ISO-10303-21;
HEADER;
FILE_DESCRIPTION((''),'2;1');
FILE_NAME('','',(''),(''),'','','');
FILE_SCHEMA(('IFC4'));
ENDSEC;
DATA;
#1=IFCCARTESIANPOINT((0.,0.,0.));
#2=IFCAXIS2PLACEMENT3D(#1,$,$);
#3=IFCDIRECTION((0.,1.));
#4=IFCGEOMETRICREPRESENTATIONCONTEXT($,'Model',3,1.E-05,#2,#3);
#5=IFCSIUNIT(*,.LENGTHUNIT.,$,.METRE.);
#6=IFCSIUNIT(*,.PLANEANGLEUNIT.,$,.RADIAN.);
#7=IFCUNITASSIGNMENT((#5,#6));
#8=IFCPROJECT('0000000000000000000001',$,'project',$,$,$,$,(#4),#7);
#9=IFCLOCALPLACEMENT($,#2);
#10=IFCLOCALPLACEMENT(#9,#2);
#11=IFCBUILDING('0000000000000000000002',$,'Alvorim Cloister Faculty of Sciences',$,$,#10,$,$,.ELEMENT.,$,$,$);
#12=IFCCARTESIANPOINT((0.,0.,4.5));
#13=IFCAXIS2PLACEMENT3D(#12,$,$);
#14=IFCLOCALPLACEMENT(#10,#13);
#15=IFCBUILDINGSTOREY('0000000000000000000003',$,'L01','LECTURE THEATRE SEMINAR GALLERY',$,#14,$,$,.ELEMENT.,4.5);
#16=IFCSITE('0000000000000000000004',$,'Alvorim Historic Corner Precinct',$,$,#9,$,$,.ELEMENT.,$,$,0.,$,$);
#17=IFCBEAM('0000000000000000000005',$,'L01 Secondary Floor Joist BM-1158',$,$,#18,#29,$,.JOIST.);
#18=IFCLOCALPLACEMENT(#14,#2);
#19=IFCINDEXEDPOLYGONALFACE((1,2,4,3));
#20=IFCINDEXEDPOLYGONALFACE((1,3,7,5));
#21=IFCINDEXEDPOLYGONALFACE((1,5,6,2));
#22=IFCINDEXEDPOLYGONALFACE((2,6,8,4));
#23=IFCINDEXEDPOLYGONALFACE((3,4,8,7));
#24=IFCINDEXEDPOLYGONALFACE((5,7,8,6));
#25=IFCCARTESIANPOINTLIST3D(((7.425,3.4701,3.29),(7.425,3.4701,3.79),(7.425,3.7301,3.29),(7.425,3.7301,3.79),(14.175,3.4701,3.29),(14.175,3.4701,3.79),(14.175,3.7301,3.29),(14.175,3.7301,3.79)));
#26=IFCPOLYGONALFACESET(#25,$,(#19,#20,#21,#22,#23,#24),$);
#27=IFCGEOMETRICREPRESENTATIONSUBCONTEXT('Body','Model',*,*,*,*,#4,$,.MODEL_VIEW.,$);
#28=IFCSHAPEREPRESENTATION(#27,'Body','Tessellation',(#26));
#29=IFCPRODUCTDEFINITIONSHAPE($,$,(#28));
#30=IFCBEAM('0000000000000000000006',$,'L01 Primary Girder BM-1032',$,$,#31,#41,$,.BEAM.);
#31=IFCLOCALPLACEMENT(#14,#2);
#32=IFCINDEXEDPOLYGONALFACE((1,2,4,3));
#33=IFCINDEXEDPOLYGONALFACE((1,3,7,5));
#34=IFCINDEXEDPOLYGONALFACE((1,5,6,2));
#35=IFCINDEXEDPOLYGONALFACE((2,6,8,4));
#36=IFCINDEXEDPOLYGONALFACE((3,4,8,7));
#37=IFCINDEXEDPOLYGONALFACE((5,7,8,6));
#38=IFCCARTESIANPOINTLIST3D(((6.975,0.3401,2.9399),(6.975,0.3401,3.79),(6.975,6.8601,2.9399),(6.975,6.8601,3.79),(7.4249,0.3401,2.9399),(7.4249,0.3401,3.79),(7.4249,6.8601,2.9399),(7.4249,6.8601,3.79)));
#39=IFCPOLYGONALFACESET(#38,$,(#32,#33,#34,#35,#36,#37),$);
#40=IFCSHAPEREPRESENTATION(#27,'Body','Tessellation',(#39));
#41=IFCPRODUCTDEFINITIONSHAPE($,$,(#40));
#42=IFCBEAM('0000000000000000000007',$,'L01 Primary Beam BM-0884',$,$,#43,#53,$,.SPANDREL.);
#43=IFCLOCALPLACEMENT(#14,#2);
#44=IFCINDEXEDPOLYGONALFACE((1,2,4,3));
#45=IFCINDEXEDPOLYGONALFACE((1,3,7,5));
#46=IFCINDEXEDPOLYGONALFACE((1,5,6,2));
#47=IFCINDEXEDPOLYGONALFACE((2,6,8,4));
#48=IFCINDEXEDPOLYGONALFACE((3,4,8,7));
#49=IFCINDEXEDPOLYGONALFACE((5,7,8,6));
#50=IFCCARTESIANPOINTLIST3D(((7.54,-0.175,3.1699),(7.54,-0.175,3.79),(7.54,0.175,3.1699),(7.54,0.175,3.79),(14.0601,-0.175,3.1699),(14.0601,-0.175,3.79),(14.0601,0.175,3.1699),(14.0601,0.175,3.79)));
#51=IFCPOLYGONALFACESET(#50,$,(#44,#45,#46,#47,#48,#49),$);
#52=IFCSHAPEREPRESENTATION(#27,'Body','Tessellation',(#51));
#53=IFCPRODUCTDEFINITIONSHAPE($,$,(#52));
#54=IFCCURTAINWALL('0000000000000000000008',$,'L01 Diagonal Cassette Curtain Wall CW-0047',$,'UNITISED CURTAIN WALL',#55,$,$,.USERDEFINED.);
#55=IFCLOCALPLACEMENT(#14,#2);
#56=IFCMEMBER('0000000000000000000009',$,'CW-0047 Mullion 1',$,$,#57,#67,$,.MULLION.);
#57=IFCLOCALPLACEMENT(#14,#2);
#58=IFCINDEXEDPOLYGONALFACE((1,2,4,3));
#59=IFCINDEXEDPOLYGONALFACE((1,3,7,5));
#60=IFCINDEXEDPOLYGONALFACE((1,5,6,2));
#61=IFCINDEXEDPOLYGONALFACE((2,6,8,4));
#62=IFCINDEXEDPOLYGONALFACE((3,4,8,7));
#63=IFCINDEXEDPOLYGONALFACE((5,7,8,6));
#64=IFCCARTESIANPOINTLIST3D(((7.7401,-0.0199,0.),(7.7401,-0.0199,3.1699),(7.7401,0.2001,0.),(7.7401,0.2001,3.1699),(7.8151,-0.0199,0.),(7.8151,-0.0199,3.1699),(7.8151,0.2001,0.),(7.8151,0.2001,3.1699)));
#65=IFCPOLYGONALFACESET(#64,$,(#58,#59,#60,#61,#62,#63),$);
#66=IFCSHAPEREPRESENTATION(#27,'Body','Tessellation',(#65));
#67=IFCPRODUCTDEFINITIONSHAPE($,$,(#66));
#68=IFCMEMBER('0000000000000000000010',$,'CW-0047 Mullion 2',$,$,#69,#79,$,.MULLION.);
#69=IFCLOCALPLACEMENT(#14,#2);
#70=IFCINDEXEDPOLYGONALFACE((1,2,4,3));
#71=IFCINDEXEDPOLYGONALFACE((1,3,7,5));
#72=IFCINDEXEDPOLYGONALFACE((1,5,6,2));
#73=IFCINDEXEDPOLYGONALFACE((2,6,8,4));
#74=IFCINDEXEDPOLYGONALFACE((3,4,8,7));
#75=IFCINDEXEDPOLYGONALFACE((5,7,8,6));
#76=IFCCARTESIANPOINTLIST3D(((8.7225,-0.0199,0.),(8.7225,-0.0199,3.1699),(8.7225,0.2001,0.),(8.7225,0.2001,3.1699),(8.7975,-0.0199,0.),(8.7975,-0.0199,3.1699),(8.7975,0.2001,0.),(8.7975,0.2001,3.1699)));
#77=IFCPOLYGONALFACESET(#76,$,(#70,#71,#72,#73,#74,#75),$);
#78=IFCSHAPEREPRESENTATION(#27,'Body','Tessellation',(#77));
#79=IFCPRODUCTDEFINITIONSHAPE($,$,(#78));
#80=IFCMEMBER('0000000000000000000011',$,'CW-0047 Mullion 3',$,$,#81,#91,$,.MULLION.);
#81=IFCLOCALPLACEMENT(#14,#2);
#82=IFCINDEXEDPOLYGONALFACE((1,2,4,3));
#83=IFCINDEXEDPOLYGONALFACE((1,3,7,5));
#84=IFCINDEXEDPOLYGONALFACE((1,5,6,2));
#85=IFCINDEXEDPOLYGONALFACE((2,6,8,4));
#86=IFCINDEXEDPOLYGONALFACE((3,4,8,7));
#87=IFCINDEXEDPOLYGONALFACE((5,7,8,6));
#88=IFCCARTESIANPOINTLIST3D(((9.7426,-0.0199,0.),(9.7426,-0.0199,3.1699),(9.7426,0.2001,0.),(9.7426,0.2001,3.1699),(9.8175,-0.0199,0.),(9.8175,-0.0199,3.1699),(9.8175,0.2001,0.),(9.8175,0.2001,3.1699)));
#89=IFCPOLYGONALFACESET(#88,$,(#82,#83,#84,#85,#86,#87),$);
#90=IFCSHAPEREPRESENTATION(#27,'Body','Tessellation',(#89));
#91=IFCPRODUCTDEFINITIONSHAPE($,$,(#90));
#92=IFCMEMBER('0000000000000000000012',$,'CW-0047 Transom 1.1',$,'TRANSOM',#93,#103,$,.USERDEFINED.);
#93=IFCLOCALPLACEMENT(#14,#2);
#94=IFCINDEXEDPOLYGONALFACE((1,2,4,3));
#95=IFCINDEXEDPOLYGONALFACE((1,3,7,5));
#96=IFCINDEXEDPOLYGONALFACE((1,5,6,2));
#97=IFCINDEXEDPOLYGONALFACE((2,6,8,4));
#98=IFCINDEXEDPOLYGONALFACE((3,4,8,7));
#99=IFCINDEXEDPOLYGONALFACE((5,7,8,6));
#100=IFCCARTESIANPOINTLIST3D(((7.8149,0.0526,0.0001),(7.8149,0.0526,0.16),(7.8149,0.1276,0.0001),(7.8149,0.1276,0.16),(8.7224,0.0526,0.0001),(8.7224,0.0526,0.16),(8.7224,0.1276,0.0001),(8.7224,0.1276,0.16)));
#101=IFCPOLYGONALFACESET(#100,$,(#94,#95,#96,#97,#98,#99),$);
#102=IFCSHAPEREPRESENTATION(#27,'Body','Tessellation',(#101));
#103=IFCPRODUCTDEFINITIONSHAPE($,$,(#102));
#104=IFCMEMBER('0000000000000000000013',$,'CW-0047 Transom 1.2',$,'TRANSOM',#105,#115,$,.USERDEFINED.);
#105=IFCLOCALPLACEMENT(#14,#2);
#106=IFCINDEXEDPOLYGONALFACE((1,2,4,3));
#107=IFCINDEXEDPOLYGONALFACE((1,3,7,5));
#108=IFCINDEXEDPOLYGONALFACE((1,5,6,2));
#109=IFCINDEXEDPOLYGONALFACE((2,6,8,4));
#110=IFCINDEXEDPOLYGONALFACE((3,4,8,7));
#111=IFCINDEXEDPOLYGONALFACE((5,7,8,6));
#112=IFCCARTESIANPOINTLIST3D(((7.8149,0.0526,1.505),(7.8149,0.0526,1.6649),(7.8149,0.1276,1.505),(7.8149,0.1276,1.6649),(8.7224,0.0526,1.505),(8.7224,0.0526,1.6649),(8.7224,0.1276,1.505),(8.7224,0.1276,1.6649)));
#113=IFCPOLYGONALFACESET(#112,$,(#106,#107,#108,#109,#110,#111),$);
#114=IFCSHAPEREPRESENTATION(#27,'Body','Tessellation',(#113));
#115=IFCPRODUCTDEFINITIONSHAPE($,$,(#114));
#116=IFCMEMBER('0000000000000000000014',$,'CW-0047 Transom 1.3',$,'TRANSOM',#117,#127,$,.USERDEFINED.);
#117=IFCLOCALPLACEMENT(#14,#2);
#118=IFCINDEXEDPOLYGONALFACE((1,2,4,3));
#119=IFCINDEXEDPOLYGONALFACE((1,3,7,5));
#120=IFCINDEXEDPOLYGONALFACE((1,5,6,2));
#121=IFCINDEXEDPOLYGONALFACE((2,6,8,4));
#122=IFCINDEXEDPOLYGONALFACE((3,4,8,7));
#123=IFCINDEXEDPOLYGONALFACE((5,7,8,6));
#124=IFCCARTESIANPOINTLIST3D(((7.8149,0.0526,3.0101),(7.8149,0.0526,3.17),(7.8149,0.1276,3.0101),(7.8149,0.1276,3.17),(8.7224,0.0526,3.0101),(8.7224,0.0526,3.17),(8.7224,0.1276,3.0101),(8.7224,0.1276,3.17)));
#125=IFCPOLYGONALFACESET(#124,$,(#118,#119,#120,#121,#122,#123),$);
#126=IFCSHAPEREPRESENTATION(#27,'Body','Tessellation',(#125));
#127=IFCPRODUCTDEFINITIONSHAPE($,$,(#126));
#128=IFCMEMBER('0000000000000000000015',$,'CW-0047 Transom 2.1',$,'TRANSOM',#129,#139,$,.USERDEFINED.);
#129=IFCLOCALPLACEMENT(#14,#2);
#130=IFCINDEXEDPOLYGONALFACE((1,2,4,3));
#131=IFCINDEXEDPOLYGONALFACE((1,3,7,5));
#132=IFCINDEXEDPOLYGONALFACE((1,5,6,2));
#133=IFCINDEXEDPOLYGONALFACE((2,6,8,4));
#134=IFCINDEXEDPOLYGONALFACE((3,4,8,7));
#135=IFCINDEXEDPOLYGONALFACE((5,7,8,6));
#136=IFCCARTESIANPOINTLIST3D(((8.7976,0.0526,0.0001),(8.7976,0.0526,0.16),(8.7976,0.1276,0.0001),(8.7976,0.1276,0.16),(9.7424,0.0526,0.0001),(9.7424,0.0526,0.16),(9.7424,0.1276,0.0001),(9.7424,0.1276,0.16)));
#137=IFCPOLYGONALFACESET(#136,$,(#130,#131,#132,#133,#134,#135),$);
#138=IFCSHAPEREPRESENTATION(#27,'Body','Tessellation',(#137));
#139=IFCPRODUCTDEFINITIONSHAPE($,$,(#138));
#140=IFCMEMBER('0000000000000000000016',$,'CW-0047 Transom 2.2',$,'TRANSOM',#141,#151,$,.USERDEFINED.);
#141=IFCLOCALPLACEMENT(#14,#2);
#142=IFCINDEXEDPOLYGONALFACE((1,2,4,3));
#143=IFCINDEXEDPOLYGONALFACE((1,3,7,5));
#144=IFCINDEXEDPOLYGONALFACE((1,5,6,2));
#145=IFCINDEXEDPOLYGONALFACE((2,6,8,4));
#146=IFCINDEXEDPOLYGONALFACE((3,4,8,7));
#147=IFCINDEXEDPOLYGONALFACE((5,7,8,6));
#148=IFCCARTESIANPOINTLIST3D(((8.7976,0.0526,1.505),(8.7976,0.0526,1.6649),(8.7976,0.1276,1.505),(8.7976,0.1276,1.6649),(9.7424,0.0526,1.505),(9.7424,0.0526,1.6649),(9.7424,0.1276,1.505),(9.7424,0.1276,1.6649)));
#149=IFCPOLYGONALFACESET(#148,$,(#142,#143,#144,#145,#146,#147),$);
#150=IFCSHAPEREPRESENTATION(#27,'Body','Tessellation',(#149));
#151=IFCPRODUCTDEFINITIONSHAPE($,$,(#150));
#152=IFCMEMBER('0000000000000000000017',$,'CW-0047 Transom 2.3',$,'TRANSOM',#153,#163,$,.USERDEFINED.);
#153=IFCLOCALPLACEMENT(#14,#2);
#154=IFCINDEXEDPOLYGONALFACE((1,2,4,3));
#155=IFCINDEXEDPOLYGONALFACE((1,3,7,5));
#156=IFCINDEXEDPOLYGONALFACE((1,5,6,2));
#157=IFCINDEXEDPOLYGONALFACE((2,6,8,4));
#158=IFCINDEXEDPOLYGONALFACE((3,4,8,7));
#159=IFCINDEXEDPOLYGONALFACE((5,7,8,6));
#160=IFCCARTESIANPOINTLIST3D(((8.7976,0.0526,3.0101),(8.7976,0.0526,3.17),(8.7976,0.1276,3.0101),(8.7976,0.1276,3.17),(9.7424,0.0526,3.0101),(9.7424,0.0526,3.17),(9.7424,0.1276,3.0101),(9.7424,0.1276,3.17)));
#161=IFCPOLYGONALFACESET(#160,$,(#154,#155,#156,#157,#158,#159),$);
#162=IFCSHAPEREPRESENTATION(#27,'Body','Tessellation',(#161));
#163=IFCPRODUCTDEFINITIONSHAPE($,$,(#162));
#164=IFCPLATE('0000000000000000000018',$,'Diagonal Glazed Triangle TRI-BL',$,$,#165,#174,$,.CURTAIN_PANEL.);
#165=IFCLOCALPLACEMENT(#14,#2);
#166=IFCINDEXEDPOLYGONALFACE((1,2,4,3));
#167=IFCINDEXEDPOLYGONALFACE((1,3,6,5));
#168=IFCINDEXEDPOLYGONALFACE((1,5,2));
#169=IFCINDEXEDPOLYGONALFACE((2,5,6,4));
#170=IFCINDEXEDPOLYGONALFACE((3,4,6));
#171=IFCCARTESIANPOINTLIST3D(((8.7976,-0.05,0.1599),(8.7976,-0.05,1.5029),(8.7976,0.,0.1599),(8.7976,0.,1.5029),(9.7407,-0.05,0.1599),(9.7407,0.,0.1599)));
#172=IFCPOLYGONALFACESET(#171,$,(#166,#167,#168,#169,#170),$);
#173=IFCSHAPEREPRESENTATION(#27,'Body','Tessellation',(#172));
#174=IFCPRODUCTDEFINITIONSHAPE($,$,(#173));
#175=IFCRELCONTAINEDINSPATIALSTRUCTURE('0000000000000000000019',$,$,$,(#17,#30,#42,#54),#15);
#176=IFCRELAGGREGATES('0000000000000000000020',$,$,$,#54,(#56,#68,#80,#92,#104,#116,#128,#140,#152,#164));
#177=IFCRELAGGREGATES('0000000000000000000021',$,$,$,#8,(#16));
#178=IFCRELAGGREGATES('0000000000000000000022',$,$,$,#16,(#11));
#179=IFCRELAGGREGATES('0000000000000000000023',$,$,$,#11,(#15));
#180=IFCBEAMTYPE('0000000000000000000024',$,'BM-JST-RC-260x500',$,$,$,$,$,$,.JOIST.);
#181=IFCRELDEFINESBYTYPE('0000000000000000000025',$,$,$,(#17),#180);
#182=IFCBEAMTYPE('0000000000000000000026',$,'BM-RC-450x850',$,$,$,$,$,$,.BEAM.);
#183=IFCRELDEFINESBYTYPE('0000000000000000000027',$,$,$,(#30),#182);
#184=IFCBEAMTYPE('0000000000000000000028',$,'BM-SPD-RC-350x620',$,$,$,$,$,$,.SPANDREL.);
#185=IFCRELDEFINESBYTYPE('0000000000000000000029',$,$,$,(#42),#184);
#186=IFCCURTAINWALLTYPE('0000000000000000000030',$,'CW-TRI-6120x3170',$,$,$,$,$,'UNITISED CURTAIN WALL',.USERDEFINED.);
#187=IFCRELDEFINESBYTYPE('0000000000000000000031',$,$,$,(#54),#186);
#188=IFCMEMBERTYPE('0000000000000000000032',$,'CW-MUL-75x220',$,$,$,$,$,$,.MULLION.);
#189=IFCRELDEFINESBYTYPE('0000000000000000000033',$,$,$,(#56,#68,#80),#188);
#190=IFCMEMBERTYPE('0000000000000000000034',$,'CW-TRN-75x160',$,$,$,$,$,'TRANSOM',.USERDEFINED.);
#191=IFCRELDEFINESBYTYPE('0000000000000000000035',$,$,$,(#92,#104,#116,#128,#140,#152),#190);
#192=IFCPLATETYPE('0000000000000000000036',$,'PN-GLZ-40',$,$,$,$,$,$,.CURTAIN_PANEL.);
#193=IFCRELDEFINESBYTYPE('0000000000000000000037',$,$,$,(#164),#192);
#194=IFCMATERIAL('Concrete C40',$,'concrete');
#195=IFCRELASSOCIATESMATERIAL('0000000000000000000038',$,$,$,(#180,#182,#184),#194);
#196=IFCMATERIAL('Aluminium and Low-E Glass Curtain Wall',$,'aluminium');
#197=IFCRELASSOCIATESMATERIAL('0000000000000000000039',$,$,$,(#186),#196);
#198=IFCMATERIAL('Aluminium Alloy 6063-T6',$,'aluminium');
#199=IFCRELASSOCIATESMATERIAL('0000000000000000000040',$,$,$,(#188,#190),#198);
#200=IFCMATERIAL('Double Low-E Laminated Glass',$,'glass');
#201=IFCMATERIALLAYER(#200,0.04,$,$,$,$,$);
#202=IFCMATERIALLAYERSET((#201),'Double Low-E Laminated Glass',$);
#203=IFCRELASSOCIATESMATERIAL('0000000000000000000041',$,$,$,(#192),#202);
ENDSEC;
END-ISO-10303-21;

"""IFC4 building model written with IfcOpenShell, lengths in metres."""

from ifc_helpers import new_model, si_unit, direction, frame, origin, origin_2d, place, context, subcontext, project, spatial, polyline, rectangle, outline, extrude, material, layer, layer_set, material_profile, profile_set, type_object, element, aggregate, save


model = new_model("IFC4")

# Units and contexts
model_context = context("Model", 3, precision=1e-05, world=origin(), true_north=direction((0.0, 1.0)))
body_context = subcontext(model_context, "Body", "Model", "MODEL_VIEW")
ifc_project = project(units=[si_unit("LENGTHUNIT", "METRE"), si_unit("PLANEANGLEUNIT", "RADIAN")], contexts=[model_context])

# Site, building, storey
site_placement = place(None, origin())
site = spatial("IfcSite", under=ifc_project, at=site_placement, Name="Alvorim Historic Corner Precinct", CompositionType="ELEMENT", RefElevation=0.0)
building_placement = place(site_placement, origin())
building = spatial("IfcBuilding", under=site, at=building_placement, Name="Alvorim Cloister Faculty of Sciences", CompositionType="ELEMENT")
storey_placement = place(building_placement, frame((0.0, 0.0, 4.5)))
storey = spatial("IfcBuildingStorey", under=building, at=storey_placement, Name="L01", Description="LECTURE THEATRE SEMINAR GALLERY", CompositionType="ELEMENT", Elevation=4.5)

# Beams
ifc_material_1 = material(Name="Concrete C40", Category="concrete")
ifc_material_profile_1 = material_profile(ifc_material_1, rectangle(XDim=0.26, YDim=0.5, at=origin_2d()), Name="RC40-JST-260x500")
ifc_profile_set_1 = profile_set([ifc_material_profile_1], Name="Concrete C40")
beam_type_1 = type_object("IfcBeamType", Name="BM-JST-RC-260x500", PredefinedType="JOIST", material=ifc_profile_set_1)
beam_1_placement = place(storey_placement, frame((7.425, 3.6001, 3.54), z_axis=(1.0, 0.0, 0.0), x_axis=(0.0, 1.0, 0.0)))
element("IfcBeam", 1, at=beam_1_placement, inside=storey, type_object=beam_type_1, Name="L01 Secondary Floor Joist BM-1158", PredefinedType="JOIST", context=body_context, shape_type="SweptSolid", body=[
    extrude(rectangle(XDim=0.26, YDim=0.5, at=origin_2d()), origin(), (0.0, 0.0, 1.0), 6.75),
])
ifc_material_profile_2 = material_profile(ifc_material_1, rectangle(XDim=0.45, YDim=0.8501, at=origin_2d()), Name="RC40-BM-450x850")
ifc_profile_set_2 = profile_set([ifc_material_profile_2], Name="Concrete C40")
beam_type_2 = type_object("IfcBeamType", Name="BM-RC-450x850", PredefinedType="BEAM", material=ifc_profile_set_2)
beam_2_placement = place(storey_placement, frame((7.2, 0.3401, 3.365), z_axis=(0.0, 1.0, 0.0), x_axis=(-1.0, 0.0, 0.0)))
element("IfcBeam", 2, at=beam_2_placement, inside=storey, type_object=beam_type_2, Name="L01 Primary Girder BM-1032", PredefinedType="BEAM", context=body_context, shape_type="SweptSolid", body=[
    extrude(rectangle(XDim=0.45, YDim=0.8501, at=origin_2d()), origin(), (0.0, 0.0, 1.0), 6.52),
])
ifc_material_profile_3 = material_profile(ifc_material_1, rectangle(XDim=0.3501, YDim=0.6201, at=origin_2d()), Name="RC40-SPD-350x620")
ifc_profile_set_3 = profile_set([ifc_material_profile_3], Name="Concrete C40")
beam_type_3 = type_object("IfcBeamType", Name="BM-SPD-RC-350x620", PredefinedType="SPANDREL", material=ifc_profile_set_3)
beam_3_placement = place(storey_placement, frame((7.54, 0.0, 3.48), z_axis=(1.0, 0.0, 0.0), x_axis=(0.0, 1.0, 0.0)))
element("IfcBeam", 3, at=beam_3_placement, inside=storey, type_object=beam_type_3, Name="L01 Primary Beam BM-0884", PredefinedType="SPANDREL", context=body_context, shape_type="SweptSolid", body=[
    extrude(rectangle(XDim=0.3501, YDim=0.6201, at=origin_2d()), origin(), (0.0, 0.0, 1.0), 6.52),
])

# Curtain wall, members, plate
ifc_material_2 = material(Name="Aluminium and Low-E Glass Curtain Wall", Category="aluminium")
curtain_wall_type = type_object("IfcCurtainWallType", Name="CW-TRI-6120x3170", ElementType="UNITISED CURTAIN WALL", PredefinedType="USERDEFINED", material=ifc_material_2)
curtain_wall_placement = place(storey_placement, origin())
curtain_wall = element("IfcCurtainWall", 4, at=curtain_wall_placement, inside=storey, type_object=curtain_wall_type, Name="L01 Diagonal Cassette Curtain Wall CW-0047", ObjectType="UNITISED CURTAIN WALL", PredefinedType="USERDEFINED")
ifc_material_3 = material(Name="Aluminium Alloy 6063-T6", Category="aluminium")
ifc_material_profile_4 = material_profile(ifc_material_3, rectangle(XDim=0.075, YDim=0.22, at=origin_2d()), Name="ALU-MUL-75x220")
ifc_profile_set_4 = profile_set([ifc_material_profile_4], Name="Aluminium Alloy 6063-T6")
member_type_1 = type_object("IfcMemberType", Name="CW-MUL-75x220", PredefinedType="MULLION", material=ifc_profile_set_4)
member_1_placement = place(storey_placement, frame((7.7776, 0.0901, 0.0), z_axis=(0.0, 0.0, 1.0), x_axis=(1.0, 0.0, 0.0)))
member_1 = element("IfcMember", 5, at=member_1_placement, type_object=member_type_1, Name="CW-0047 Mullion 1", PredefinedType="MULLION", context=body_context, shape_type="SweptSolid", body=[
    extrude(rectangle(XDim=0.075, YDim=0.22, at=origin_2d()), origin(), (0.0, 0.0, 1.0), 3.1699),
])
member_2_placement = place(storey_placement, frame((8.76, 0.0901, 0.0), z_axis=(0.0, 0.0, 1.0), x_axis=(1.0, 0.0, 0.0)))
member_2 = element("IfcMember", 6, at=member_2_placement, type_object=member_type_1, Name="CW-0047 Mullion 2", PredefinedType="MULLION", context=body_context, shape_type="SweptSolid", body=[
    extrude(rectangle(XDim=0.075, YDim=0.22, at=origin_2d()), origin(), (0.0, 0.0, 1.0), 3.1699),
])
member_3_placement = place(storey_placement, frame((9.78, 0.0901, 0.0), z_axis=(0.0, 0.0, 1.0), x_axis=(1.0, 0.0, 0.0)))
member_3 = element("IfcMember", 7, at=member_3_placement, type_object=member_type_1, Name="CW-0047 Mullion 3", PredefinedType="MULLION", context=body_context, shape_type="SweptSolid", body=[
    extrude(rectangle(XDim=0.075, YDim=0.22, at=origin_2d()), origin(), (0.0, 0.0, 1.0), 3.1699),
])
ifc_material_profile_5 = material_profile(ifc_material_3, rectangle(XDim=0.075, YDim=0.1599, at=origin_2d()), Name="ALU-TRN-75x160")
ifc_profile_set_5 = profile_set([ifc_material_profile_5], Name="Aluminium Alloy 6063-T6")
member_type_2 = type_object("IfcMemberType", Name="CW-TRN-75x160", ElementType="TRANSOM", PredefinedType="USERDEFINED", material=ifc_profile_set_5)
member_4_placement = place(storey_placement, frame((7.8149, 0.0901, 0.0801), z_axis=(1.0, 0.0, 0.0), x_axis=(0.0, 1.0, 0.0)))
member_4 = element("IfcMember", 8, at=member_4_placement, type_object=member_type_2, Name="CW-0047 Transom 1.1", ObjectType="TRANSOM", PredefinedType="USERDEFINED", context=body_context, shape_type="SweptSolid", body=[
    extrude(rectangle(XDim=0.075, YDim=0.1599, at=origin_2d()), origin(), (0.0, 0.0, 1.0), 0.9075),
])
member_5_placement = place(storey_placement, frame((7.8149, 0.0901, 1.585), z_axis=(1.0, 0.0, 0.0), x_axis=(0.0, 1.0, 0.0)))
member_5 = element("IfcMember", 9, at=member_5_placement, type_object=member_type_2, Name="CW-0047 Transom 1.2", ObjectType="TRANSOM", PredefinedType="USERDEFINED", context=body_context, shape_type="SweptSolid", body=[
    extrude(rectangle(XDim=0.075, YDim=0.1599, at=origin_2d()), origin(), (0.0, 0.0, 1.0), 0.9075),
])
member_6_placement = place(storey_placement, frame((7.8149, 0.0901, 3.0901), z_axis=(1.0, 0.0, 0.0), x_axis=(0.0, 1.0, 0.0)))
member_6 = element("IfcMember", 10, at=member_6_placement, type_object=member_type_2, Name="CW-0047 Transom 1.3", ObjectType="TRANSOM", PredefinedType="USERDEFINED", context=body_context, shape_type="SweptSolid", body=[
    extrude(rectangle(XDim=0.075, YDim=0.1599, at=origin_2d()), origin(), (0.0, 0.0, 1.0), 0.9075),
])
member_7_placement = place(storey_placement, frame((8.7976, 0.0901, 0.0801), z_axis=(1.0, 0.0, 0.0), x_axis=(0.0, 1.0, 0.0)))
member_7 = element("IfcMember", 11, at=member_7_placement, type_object=member_type_2, Name="CW-0047 Transom 2.1", ObjectType="TRANSOM", PredefinedType="USERDEFINED", context=body_context, shape_type="SweptSolid", body=[
    extrude(rectangle(XDim=0.075, YDim=0.1599, at=origin_2d()), origin(), (0.0, 0.0, 1.0), 0.9448),
])
member_8_placement = place(storey_placement, frame((8.7976, 0.0901, 1.585), z_axis=(1.0, 0.0, 0.0), x_axis=(0.0, 1.0, 0.0)))
member_8 = element("IfcMember", 12, at=member_8_placement, type_object=member_type_2, Name="CW-0047 Transom 2.2", ObjectType="TRANSOM", PredefinedType="USERDEFINED", context=body_context, shape_type="SweptSolid", body=[
    extrude(rectangle(XDim=0.075, YDim=0.1599, at=origin_2d()), origin(), (0.0, 0.0, 1.0), 0.9448),
])
member_9_placement = place(storey_placement, frame((8.7976, 0.0901, 3.0901), z_axis=(1.0, 0.0, 0.0), x_axis=(0.0, 1.0, 0.0)))
member_9 = element("IfcMember", 13, at=member_9_placement, type_object=member_type_2, Name="CW-0047 Transom 2.3", ObjectType="TRANSOM", PredefinedType="USERDEFINED", context=body_context, shape_type="SweptSolid", body=[
    extrude(rectangle(XDim=0.075, YDim=0.1599, at=origin_2d()), origin(), (0.0, 0.0, 1.0), 0.9448),
])
ifc_material_4 = material(Name="Double Low-E Laminated Glass", Category="glass")
ifc_layer_1 = layer(ifc_material_4, 0.04)
ifc_layer_set_1 = layer_set([ifc_layer_1], Name="Double Low-E Laminated Glass")
plate_type = type_object("IfcPlateType", Name="PN-GLZ-40", PredefinedType="CURTAIN_PANEL", material=ifc_layer_set_1)
plate_1_placement = place(storey_placement, frame((8.7976, -0.0249, 0.1599), z_axis=(0.0, 0.0, 1.0), x_axis=(1.0, 0.0, 0.0)))
plate_1 = element("IfcPlate", 14, at=plate_1_placement, type_object=plate_type, Name="Diagonal Glazed Triangle TRI-BL", PredefinedType="CURTAIN_PANEL", context=body_context, shape_type="SweptSolid", body=[
    extrude(outline(polyline([(0.0, 0.0), (0.9431, 0.0), (0.0, 1.343), (0.0, 0.0)])), frame((0.0, 0.0249, 0.0), z_axis=(0.0, -1.0, 0.0), x_axis=(1.0, 0.0, 0.0)), (0.0, 0.0, 1.0), 0.05),
])
aggregate(curtain_wall, [member_1, member_2, member_3, member_4, member_5, member_6, member_7, member_8, member_9, plate_1])

save(model, "model.ifc")
